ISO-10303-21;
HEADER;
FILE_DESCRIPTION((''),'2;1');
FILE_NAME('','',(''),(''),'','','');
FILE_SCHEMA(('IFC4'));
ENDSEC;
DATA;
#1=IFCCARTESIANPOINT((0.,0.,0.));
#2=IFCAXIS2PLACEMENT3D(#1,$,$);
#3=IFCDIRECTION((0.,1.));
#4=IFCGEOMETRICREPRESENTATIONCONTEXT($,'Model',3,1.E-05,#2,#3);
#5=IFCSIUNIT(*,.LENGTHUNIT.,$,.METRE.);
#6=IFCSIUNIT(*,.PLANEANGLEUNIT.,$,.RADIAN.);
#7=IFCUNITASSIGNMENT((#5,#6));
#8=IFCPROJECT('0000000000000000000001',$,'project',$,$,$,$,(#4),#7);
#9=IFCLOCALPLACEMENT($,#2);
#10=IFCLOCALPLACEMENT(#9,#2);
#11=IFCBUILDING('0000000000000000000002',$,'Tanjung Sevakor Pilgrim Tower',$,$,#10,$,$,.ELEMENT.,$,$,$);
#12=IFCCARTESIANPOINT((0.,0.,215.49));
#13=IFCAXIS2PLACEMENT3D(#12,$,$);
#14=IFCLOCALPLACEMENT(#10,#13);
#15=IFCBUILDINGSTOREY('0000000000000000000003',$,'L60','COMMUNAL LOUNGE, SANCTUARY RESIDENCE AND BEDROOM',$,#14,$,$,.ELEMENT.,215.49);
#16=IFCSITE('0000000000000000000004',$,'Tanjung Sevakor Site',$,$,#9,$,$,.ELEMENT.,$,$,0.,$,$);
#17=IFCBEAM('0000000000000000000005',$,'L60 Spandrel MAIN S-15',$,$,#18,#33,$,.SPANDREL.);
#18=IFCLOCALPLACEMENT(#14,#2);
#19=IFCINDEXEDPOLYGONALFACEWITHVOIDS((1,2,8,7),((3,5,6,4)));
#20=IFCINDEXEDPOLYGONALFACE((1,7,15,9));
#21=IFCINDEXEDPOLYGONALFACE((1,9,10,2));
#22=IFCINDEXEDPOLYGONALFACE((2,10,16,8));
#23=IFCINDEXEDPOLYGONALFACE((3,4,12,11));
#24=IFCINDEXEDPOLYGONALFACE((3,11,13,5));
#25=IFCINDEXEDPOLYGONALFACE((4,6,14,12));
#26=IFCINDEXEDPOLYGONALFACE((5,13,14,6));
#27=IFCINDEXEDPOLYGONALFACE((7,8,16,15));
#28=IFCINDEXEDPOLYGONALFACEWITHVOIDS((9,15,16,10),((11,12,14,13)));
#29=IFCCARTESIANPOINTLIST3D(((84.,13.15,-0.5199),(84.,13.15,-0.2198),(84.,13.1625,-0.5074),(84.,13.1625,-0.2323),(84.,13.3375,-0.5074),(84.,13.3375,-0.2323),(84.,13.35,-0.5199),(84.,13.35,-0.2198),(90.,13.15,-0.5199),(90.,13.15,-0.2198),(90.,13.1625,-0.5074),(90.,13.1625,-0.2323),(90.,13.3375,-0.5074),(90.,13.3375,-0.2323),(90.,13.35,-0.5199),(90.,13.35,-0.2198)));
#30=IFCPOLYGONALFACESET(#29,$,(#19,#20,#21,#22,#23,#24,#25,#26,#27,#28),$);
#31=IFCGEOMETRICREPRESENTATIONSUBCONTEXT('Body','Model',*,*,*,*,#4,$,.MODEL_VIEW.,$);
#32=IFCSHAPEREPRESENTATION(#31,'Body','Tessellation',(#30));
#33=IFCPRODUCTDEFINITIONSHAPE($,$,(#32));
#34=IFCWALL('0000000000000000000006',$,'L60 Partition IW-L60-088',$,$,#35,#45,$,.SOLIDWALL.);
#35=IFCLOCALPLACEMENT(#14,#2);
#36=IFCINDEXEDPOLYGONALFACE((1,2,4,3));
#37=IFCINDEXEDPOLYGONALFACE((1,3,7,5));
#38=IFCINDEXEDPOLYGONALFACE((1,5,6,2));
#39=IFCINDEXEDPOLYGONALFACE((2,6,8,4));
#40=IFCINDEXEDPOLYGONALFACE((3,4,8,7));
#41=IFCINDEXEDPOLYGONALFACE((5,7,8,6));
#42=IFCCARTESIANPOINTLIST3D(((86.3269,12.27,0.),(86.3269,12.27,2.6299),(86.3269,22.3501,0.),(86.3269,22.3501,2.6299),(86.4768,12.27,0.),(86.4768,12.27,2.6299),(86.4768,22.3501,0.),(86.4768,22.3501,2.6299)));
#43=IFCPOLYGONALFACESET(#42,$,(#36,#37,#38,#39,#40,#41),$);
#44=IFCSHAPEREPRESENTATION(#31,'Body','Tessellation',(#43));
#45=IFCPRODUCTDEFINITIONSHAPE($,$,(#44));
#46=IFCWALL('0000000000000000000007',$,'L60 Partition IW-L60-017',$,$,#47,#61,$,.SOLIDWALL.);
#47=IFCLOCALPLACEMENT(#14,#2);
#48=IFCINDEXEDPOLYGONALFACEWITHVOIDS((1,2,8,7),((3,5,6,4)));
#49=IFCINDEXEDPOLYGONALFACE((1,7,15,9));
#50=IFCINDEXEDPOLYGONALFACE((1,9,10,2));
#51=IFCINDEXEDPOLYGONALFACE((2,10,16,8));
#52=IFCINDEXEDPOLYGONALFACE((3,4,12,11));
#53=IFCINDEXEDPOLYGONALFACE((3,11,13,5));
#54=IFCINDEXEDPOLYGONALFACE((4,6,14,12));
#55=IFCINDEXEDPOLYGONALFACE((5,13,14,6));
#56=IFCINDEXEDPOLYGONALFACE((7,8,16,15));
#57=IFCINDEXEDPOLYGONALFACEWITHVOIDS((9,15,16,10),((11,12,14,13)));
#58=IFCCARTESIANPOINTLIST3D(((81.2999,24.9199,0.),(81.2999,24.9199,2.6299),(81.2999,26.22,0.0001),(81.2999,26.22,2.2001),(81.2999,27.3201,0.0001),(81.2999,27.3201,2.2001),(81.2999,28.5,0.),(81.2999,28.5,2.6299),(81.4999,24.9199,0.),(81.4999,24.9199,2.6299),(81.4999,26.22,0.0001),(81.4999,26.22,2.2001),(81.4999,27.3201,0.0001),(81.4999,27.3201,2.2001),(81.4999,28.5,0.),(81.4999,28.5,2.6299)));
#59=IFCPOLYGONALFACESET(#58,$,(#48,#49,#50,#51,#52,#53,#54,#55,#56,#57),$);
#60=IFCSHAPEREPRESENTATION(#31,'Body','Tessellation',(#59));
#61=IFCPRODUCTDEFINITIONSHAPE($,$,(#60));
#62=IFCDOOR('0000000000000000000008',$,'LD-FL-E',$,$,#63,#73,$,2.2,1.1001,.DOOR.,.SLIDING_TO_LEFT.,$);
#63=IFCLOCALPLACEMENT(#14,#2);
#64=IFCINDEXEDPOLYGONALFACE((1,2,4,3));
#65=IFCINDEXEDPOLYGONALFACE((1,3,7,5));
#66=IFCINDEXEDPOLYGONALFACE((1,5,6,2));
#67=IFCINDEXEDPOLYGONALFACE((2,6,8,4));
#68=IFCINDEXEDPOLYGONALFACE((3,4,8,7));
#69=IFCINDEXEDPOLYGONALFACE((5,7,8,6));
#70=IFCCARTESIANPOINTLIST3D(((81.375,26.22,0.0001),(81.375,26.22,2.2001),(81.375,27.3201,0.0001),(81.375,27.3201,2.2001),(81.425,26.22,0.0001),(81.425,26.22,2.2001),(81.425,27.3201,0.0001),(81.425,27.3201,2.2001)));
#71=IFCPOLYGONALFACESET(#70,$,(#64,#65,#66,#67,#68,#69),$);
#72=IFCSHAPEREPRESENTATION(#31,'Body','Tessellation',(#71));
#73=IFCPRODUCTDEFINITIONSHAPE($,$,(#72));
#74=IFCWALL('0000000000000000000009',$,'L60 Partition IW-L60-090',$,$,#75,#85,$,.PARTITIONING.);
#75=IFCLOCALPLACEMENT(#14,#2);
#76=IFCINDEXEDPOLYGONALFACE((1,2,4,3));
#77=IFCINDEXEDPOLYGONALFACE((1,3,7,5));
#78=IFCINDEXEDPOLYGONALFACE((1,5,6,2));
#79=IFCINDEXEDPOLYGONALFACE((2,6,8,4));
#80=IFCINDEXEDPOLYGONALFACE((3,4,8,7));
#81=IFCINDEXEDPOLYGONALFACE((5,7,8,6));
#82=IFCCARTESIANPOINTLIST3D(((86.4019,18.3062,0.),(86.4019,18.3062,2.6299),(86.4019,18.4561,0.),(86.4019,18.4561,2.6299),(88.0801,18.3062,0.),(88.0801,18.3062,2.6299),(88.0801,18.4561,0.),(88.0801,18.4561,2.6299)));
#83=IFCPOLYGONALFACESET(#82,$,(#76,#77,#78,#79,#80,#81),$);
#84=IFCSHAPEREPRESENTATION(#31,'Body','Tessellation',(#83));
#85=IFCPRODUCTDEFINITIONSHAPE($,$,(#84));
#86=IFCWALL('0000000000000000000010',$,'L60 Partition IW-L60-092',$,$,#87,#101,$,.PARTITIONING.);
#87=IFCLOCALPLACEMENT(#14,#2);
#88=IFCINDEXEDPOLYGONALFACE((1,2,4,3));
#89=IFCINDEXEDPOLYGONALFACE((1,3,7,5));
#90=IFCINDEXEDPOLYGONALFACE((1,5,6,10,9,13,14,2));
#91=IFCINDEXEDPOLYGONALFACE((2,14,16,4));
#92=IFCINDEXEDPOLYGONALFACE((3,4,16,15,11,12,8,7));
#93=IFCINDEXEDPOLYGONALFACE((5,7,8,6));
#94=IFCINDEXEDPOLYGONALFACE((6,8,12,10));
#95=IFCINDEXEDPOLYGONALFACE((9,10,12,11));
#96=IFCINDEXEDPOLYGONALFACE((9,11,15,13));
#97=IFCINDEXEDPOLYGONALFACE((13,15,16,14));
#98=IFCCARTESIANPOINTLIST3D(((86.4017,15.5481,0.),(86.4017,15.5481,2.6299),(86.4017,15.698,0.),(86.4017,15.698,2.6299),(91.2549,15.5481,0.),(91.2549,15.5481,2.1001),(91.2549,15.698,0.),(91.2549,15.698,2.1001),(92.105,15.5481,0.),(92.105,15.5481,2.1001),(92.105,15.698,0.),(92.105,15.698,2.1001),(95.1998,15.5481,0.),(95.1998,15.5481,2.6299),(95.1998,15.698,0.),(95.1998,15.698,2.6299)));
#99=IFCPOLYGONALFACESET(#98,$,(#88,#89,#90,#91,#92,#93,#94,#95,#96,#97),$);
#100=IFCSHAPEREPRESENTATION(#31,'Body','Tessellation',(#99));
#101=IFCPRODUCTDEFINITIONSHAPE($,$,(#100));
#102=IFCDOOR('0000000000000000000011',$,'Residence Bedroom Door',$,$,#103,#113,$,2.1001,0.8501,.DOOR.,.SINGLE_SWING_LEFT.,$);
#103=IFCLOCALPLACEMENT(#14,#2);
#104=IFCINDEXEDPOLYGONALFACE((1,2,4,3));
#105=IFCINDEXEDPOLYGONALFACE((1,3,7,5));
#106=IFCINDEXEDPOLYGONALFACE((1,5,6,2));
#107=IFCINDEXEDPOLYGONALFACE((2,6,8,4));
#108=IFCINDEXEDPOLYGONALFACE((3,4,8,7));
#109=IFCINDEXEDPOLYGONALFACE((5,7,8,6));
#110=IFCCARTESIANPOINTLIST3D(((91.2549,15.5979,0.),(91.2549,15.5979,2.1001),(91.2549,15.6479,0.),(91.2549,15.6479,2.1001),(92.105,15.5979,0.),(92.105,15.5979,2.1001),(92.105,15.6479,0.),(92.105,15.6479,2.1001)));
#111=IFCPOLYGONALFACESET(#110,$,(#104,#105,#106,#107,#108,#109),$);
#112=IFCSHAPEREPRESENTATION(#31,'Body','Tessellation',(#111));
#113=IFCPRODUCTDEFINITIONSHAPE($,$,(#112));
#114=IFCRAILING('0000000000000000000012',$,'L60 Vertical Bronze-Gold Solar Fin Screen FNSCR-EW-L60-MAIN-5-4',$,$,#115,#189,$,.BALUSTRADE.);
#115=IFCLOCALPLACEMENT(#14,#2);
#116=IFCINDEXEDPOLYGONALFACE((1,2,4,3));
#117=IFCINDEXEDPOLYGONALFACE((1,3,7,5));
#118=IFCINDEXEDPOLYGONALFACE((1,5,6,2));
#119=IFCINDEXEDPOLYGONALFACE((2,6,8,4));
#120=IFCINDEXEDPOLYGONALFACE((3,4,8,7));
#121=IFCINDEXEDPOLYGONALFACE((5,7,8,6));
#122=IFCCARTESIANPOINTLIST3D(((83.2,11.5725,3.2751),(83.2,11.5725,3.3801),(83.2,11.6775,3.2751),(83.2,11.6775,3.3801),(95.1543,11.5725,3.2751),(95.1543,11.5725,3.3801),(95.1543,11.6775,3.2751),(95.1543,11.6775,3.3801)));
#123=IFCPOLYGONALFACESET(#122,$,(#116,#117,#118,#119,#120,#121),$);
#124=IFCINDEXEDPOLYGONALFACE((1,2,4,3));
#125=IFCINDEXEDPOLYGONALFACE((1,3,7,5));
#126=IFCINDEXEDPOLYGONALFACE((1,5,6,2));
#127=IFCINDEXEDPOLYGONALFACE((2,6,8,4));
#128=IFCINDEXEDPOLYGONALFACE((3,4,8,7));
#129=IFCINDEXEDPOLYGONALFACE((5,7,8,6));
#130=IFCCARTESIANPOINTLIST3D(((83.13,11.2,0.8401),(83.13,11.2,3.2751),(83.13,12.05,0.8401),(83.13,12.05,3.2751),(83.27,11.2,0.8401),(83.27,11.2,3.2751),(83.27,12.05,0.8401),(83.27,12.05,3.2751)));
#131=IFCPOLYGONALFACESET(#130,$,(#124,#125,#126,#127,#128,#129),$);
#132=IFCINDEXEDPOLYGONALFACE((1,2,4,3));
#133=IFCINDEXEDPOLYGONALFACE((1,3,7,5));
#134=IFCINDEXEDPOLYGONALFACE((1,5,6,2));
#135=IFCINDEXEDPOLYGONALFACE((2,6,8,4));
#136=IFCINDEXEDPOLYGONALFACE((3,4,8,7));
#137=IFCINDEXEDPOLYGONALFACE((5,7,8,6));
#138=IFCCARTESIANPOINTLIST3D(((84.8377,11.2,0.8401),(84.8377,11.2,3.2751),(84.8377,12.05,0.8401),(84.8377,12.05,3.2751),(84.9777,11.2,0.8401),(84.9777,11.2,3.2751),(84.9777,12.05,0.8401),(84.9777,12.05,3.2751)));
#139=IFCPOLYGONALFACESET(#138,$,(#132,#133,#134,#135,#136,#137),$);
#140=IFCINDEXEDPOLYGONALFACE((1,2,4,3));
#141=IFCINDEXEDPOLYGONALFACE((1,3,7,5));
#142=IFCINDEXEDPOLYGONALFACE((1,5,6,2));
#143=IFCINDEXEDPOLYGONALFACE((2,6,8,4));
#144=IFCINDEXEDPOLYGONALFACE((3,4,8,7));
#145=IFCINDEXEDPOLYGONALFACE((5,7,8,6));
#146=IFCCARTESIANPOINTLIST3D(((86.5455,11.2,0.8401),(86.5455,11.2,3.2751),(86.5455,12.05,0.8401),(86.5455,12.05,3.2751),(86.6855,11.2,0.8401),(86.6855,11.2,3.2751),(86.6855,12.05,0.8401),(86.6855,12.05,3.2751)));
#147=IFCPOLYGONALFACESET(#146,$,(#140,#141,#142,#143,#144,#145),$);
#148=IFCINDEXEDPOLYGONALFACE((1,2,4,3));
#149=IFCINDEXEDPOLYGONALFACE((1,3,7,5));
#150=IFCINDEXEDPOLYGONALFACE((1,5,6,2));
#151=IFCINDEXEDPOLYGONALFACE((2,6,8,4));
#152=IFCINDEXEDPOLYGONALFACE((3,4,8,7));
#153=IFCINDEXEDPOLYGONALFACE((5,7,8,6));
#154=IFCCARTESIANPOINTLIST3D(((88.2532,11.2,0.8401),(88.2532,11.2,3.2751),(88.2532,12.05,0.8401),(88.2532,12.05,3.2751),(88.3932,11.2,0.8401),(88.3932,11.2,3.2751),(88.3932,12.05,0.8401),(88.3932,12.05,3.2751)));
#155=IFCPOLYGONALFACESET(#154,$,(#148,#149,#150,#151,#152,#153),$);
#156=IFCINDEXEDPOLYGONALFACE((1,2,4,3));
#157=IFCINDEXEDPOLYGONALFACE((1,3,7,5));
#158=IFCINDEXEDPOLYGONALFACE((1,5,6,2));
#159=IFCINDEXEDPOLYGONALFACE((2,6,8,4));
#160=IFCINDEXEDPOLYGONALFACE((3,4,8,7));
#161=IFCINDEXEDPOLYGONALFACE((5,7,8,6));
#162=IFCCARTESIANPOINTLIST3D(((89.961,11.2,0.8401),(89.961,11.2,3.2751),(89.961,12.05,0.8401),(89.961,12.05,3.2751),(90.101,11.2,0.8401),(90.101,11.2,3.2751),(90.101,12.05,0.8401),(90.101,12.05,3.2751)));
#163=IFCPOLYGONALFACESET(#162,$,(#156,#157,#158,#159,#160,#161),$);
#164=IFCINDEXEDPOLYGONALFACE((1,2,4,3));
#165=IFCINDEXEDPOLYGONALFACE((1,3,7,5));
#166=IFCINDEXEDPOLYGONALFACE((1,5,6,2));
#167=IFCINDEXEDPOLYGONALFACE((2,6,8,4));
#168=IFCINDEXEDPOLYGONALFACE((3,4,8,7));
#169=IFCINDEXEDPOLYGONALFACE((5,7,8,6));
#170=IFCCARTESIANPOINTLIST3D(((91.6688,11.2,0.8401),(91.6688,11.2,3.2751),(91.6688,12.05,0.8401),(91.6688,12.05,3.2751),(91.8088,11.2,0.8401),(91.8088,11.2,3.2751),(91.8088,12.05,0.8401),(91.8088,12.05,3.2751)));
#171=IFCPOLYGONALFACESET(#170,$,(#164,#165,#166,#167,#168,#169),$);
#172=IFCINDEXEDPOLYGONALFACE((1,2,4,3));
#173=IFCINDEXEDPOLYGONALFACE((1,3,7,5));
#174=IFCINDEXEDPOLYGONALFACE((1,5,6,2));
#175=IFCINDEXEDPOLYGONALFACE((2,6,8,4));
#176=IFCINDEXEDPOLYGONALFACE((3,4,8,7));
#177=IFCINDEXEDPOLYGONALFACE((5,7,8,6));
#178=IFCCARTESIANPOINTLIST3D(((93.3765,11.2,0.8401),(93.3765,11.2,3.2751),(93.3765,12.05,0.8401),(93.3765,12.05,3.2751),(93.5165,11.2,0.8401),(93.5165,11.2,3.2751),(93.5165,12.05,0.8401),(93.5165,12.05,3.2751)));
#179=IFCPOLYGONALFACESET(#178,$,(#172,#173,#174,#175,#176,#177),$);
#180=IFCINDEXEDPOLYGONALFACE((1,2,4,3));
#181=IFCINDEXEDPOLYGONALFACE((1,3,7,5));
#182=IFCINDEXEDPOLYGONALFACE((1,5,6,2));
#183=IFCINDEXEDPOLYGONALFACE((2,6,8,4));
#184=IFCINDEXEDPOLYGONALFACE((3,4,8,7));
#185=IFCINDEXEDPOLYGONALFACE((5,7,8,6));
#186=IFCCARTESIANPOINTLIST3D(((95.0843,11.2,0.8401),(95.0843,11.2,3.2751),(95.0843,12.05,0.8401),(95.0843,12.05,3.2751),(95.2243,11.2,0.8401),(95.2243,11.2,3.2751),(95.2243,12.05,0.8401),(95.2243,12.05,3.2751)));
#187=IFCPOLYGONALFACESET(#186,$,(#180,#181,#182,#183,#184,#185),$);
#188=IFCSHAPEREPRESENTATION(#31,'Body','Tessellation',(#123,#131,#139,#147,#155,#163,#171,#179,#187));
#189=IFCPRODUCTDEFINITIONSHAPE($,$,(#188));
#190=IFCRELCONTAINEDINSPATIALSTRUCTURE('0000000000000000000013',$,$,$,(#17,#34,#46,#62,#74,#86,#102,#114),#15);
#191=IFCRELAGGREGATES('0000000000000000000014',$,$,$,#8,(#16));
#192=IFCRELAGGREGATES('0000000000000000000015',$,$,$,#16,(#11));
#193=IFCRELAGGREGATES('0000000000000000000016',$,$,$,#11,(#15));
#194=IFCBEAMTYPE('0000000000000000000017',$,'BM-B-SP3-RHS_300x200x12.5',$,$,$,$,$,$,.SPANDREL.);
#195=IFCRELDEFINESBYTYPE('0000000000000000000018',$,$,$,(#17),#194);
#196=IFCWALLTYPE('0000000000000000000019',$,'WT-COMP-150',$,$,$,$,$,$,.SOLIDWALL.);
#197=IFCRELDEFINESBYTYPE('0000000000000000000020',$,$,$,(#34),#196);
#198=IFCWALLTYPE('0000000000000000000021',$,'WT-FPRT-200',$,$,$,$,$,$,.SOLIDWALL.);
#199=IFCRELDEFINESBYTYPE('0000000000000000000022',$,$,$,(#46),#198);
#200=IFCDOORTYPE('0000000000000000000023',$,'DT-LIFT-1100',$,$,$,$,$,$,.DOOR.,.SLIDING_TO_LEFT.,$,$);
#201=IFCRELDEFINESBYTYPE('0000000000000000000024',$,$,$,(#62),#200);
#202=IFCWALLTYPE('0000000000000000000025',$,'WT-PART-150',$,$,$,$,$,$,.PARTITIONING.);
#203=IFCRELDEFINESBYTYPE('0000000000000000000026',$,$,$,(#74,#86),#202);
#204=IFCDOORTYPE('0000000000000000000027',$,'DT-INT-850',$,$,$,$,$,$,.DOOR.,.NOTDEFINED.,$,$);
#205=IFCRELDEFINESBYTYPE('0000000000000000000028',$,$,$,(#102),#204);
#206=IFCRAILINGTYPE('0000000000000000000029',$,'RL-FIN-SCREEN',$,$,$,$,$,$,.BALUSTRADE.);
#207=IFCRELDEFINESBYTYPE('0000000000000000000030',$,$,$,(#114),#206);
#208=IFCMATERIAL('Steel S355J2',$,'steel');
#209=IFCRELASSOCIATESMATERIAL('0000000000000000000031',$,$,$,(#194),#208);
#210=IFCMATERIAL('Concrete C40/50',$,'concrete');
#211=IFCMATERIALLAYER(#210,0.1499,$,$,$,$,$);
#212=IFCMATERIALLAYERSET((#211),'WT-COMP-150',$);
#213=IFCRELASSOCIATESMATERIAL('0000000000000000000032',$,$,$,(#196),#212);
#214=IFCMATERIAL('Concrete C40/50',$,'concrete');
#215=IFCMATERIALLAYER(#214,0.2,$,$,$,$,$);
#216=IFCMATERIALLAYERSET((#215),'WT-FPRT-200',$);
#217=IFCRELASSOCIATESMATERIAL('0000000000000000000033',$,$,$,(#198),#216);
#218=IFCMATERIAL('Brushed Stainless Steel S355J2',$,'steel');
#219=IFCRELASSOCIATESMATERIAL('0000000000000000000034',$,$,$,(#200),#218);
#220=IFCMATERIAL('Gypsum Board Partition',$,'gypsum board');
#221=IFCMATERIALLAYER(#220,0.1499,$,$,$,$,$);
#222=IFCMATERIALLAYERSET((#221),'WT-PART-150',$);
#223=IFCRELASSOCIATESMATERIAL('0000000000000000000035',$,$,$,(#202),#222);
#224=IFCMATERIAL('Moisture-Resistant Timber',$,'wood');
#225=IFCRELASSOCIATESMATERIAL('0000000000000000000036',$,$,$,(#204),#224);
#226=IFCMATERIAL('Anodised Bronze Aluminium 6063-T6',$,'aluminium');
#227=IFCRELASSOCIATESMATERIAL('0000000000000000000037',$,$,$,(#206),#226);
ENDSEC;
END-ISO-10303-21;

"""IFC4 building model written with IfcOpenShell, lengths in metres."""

from ifc_helpers import new_model, si_unit, direction, frame, frame_2d, origin, origin_2d, place, context, subcontext, project, spatial, rectangle, hollow_rectangle, extrude, material, layer, layer_set, material_profile, profile_set, type_object, element, fill, save


model = new_model("IFC4")

# Units and contexts
model_context = context("Model", 3, precision=1e-05, world=origin(), true_north=direction((0.0, 1.0)))
body_context = subcontext(model_context, "Body", "Model", "MODEL_VIEW")
ifc_project = project(units=[si_unit("LENGTHUNIT", "METRE"), si_unit("PLANEANGLEUNIT", "RADIAN")], contexts=[model_context])

# Site, building, storey
site_placement = place(None, origin())
site = spatial("IfcSite", under=ifc_project, at=site_placement, Name="Tanjung Sevakor Site", CompositionType="ELEMENT", RefElevation=0.0)
building_placement = place(site_placement, origin())
building = spatial("IfcBuilding", under=site, at=building_placement, Name="Tanjung Sevakor Pilgrim Tower", CompositionType="ELEMENT")
storey_placement = place(building_placement, frame((0.0, 0.0, 215.49)))
storey = spatial("IfcBuildingStorey", under=building, at=storey_placement, Name="L60", Description="COMMUNAL LOUNGE, SANCTUARY RESIDENCE AND BEDROOM", CompositionType="ELEMENT", Elevation=215.49)

# Beam
ifc_material_1 = material(Name="Steel S355J2", Category="steel")
ifc_material_profile_1 = material_profile(ifc_material_1, hollow_rectangle(XDim=0.2, YDim=0.3, WallThickness=0.0125, at=origin_2d()))
ifc_profile_set_1 = profile_set([ifc_material_profile_1], Name="Steel S355J2")
beam_type_1 = type_object("IfcBeamType", Name="BM-B-SP3-RHS_300x200x12.5", PredefinedType="SPANDREL", material=ifc_profile_set_1)
for number, where, z_axis, x_axis, name in (
    (1, (84.0, 13.25, -0.3699), (1.0, 0.0, 0.0), (0.0, 1.0, 0.0), "L60 Spandrel MAIN S-15"),
):
    element("IfcBeam", number, at=place(storey_placement, frame(where, z_axis=z_axis, x_axis=x_axis)), inside=storey, type_object=beam_type_1, Name=name, PredefinedType="SPANDREL", context=body_context, shape_type="SweptSolid", body=[
        extrude(hollow_rectangle(XDim=0.2, YDim=0.3, WallThickness=0.0125, at=origin_2d()), origin(), (0.0, 0.0, 1.0), 6.0),
    ])

# Wall
ifc_material_2 = material(Name="Concrete C40/50", Category="concrete")
ifc_layer_1 = layer(ifc_material_2, 0.1499)
ifc_layer_set_1 = layer_set([ifc_layer_1], Name="WT-COMP-150")
wall_type_1 = type_object("IfcWallType", Name="WT-COMP-150", PredefinedType="SOLIDWALL", material=ifc_layer_set_1)
wall_1_placement = place(storey_placement, frame((86.4019, 12.27, 0.0), z_axis=(0.0, 0.0, 1.0), x_axis=(0.0, 1.0, 0.0)))
element("IfcWall", 2, at=wall_1_placement, inside=storey, type_object=wall_type_1, Name="L60 Partition IW-L60-088", PredefinedType="SOLIDWALL", context=body_context, shape_type="SweptSolid", body=[
    extrude(rectangle(XDim=10.0801, YDim=0.1499, at=frame_2d((5.04, 0.0))), origin(), (0.0, 0.0, 1.0), 2.6299),
])

# Wall, opening, door
ifc_material_3 = material(Name="Concrete C40/50", Category="concrete")
ifc_layer_2 = layer(ifc_material_3, 0.2)
ifc_layer_set_2 = layer_set([ifc_layer_2], Name="WT-FPRT-200")
wall_type_2 = type_object("IfcWallType", Name="WT-FPRT-200", PredefinedType="SOLIDWALL", material=ifc_layer_set_2)
wall_2_placement = place(storey_placement, frame((81.3999, 24.9199, 0.0), z_axis=(0.0, 0.0, 1.0), x_axis=(0.0, 1.0, 0.0)))
wall_2 = element("IfcWall", 3, at=wall_2_placement, inside=storey, type_object=wall_type_2, Name="L60 Partition IW-L60-017", PredefinedType="SOLIDWALL", context=body_context, shape_type="SweptSolid", body=[
    extrude(rectangle(XDim=3.5801, YDim=0.2, at=frame_2d((1.79, 0.0))), origin(), (0.0, 0.0, 1.0), 2.6299),
])
opening_1_placement = place(wall_2_placement, frame((1.3, 0.0, 0.0)))
opening_1 = element("IfcOpeningElement", 4, at=opening_1_placement, cuts=wall_2, PredefinedType="OPENING", context=body_context, shape_type="SweptSolid", body=[
    extrude(rectangle(XDim=1.1001, YDim=2.2, at=frame_2d((0.55, 1.1001))), frame((0.0, 0.1099, 0.0), z_axis=(0.0, -1.0, 0.0), x_axis=(1.0, 0.0, 0.0)), (0.0, 0.0, 1.0), 0.22),
])
ifc_material_4 = material(Name="Brushed Stainless Steel S355J2", Category="steel")
door_type_1 = type_object("IfcDoorType", Name="DT-LIFT-1100", OperationType="SLIDING_TO_LEFT", PredefinedType="DOOR", material=ifc_material_4)
door_1_placement = place(opening_1_placement, origin())
door_1 = element("IfcDoor", 5, at=door_1_placement, inside=storey, type_object=door_type_1, Name="LD-FL-E", OperationType="SLIDING_TO_LEFT", OverallHeight=2.2, OverallWidth=1.1001, PredefinedType="DOOR", context=body_context, shape_type="SweptSolid", body=[
    extrude(rectangle(XDim=1.1001, YDim=2.2, at=frame_2d((0.55, 1.1001))), frame((0.0, 0.0249, 0.0), z_axis=(0.0, -1.0, 0.0), x_axis=(1.0, 0.0, 0.0)), (0.0, 0.0, 1.0), 0.05),
])
fill(opening_1, door_1)

# Wall
ifc_material_5 = material(Name="Gypsum Board Partition", Category="gypsum board")
ifc_layer_3 = layer(ifc_material_5, 0.1499)
ifc_layer_set_3 = layer_set([ifc_layer_3], Name="WT-PART-150")
wall_type_3 = type_object("IfcWallType", Name="WT-PART-150", PredefinedType="PARTITIONING", material=ifc_layer_set_3)
wall_3_placement = place(storey_placement, frame((86.4019, 18.3811, 0.0), z_axis=(0.0, 0.0, 1.0), x_axis=(1.0, 0.0, 0.0)))
element("IfcWall", 6, at=wall_3_placement, inside=storey, type_object=wall_type_3, Name="L60 Partition IW-L60-090", PredefinedType="PARTITIONING", context=body_context, shape_type="SweptSolid", body=[
    extrude(rectangle(XDim=1.6782, YDim=0.1499, at=frame_2d((0.8391, 0.0))), origin(), (0.0, 0.0, 1.0), 2.6299),
])

# Wall, opening, door
wall_4_placement = place(storey_placement, frame((86.4019, 15.623, 0.0), z_axis=(0.0, 0.0, 1.0), x_axis=(1.0, 0.0, 0.0)))
wall_4 = element("IfcWall", 7, at=wall_4_placement, inside=storey, type_object=wall_type_3, Name="L60 Partition IW-L60-092", PredefinedType="PARTITIONING", context=body_context, shape_type="SweptSolid", body=[
    extrude(rectangle(XDim=8.7981, YDim=0.1499, at=frame_2d((4.3989, 0.0))), origin(), (0.0, 0.0, 1.0), 2.6299),
])
opening_2_placement = place(wall_4_placement, frame((4.853, 0.0, 0.0)))
opening_2 = element("IfcOpeningElement", 8, at=opening_2_placement, cuts=wall_4, PredefinedType="OPENING", context=body_context, shape_type="SweptSolid", body=[
    extrude(rectangle(XDim=0.8501, YDim=2.1001, at=frame_2d((0.425, 1.05))), frame((0.0, 0.085, 0.0), z_axis=(0.0, -1.0, 0.0), x_axis=(1.0, 0.0, 0.0)), (0.0, 0.0, 1.0), 0.1699),
])
ifc_material_6 = material(Name="Moisture-Resistant Timber", Category="wood")
door_type_2 = type_object("IfcDoorType", Name="DT-INT-850", OperationType="NOTDEFINED", PredefinedType="DOOR", material=ifc_material_6)
door_2_placement = place(opening_2_placement, origin())
door_2 = element("IfcDoor", 9, at=door_2_placement, inside=storey, type_object=door_type_2, Name="Residence Bedroom Door", OperationType="SINGLE_SWING_LEFT", OverallHeight=2.1001, OverallWidth=0.8501, PredefinedType="DOOR", context=body_context, shape_type="SweptSolid", body=[
    extrude(rectangle(XDim=0.8501, YDim=2.1001, at=frame_2d((0.425, 1.05))), frame((0.0, 0.0249, 0.0), z_axis=(0.0, -1.0, 0.0), x_axis=(1.0, 0.0, 0.0)), (0.0, 0.0, 1.0), 0.05),
])
fill(opening_2, door_2)

# Railing
ifc_material_7 = material(Name="Anodised Bronze Aluminium 6063-T6", Category="aluminium")
railing_type = type_object("IfcRailingType", Name="RL-FIN-SCREEN", PredefinedType="BALUSTRADE", material=ifc_material_7)
railing_placement = place(storey_placement, frame((83.2, 11.625, 0.8401)))
element("IfcRailing", 10, at=railing_placement, inside=storey, type_object=railing_type, Name="L60 Vertical Bronze-Gold Solar Fin Screen FNSCR-EW-L60-MAIN-5-4", PredefinedType="BALUSTRADE", context=body_context, shape_type="SweptSolid", body=[
    extrude(rectangle(XDim=0.105, YDim=0.105), frame((0.0, 0.0, 2.4875), z_axis=(1.0, 0.0, 0.0), x_axis=(0.0, 1.0, 0.0)), (0.0, 0.0, 1.0), 11.9543),
    extrude(rectangle(XDim=0.14, YDim=0.85), origin(), (0.0, 0.0, 1.0), 2.4351),
    extrude(rectangle(XDim=0.14, YDim=0.85), frame((1.7078, 0.0, 0.0)), (0.0, 0.0, 1.0), 2.4351),
    extrude(rectangle(XDim=0.14, YDim=0.85), frame((3.4155, 0.0, 0.0)), (0.0, 0.0, 1.0), 2.4351),
    extrude(rectangle(XDim=0.14, YDim=0.85), frame((5.1233, 0.0, 0.0)), (0.0, 0.0, 1.0), 2.4351),
    extrude(rectangle(XDim=0.14, YDim=0.85), frame((6.8311, 0.0, 0.0)), (0.0, 0.0, 1.0), 2.4351),
    extrude(rectangle(XDim=0.14, YDim=0.85), frame((8.5388, 0.0, 0.0)), (0.0, 0.0, 1.0), 2.4351),
    extrude(rectangle(XDim=0.14, YDim=0.85), frame((10.2466, 0.0, 0.0)), (0.0, 0.0, 1.0), 2.4351),
    extrude(rectangle(XDim=0.14, YDim=0.85), frame((11.9543, 0.0, 0.0)), (0.0, 0.0, 1.0), 2.4351),
])

save(model, "model.ifc")
